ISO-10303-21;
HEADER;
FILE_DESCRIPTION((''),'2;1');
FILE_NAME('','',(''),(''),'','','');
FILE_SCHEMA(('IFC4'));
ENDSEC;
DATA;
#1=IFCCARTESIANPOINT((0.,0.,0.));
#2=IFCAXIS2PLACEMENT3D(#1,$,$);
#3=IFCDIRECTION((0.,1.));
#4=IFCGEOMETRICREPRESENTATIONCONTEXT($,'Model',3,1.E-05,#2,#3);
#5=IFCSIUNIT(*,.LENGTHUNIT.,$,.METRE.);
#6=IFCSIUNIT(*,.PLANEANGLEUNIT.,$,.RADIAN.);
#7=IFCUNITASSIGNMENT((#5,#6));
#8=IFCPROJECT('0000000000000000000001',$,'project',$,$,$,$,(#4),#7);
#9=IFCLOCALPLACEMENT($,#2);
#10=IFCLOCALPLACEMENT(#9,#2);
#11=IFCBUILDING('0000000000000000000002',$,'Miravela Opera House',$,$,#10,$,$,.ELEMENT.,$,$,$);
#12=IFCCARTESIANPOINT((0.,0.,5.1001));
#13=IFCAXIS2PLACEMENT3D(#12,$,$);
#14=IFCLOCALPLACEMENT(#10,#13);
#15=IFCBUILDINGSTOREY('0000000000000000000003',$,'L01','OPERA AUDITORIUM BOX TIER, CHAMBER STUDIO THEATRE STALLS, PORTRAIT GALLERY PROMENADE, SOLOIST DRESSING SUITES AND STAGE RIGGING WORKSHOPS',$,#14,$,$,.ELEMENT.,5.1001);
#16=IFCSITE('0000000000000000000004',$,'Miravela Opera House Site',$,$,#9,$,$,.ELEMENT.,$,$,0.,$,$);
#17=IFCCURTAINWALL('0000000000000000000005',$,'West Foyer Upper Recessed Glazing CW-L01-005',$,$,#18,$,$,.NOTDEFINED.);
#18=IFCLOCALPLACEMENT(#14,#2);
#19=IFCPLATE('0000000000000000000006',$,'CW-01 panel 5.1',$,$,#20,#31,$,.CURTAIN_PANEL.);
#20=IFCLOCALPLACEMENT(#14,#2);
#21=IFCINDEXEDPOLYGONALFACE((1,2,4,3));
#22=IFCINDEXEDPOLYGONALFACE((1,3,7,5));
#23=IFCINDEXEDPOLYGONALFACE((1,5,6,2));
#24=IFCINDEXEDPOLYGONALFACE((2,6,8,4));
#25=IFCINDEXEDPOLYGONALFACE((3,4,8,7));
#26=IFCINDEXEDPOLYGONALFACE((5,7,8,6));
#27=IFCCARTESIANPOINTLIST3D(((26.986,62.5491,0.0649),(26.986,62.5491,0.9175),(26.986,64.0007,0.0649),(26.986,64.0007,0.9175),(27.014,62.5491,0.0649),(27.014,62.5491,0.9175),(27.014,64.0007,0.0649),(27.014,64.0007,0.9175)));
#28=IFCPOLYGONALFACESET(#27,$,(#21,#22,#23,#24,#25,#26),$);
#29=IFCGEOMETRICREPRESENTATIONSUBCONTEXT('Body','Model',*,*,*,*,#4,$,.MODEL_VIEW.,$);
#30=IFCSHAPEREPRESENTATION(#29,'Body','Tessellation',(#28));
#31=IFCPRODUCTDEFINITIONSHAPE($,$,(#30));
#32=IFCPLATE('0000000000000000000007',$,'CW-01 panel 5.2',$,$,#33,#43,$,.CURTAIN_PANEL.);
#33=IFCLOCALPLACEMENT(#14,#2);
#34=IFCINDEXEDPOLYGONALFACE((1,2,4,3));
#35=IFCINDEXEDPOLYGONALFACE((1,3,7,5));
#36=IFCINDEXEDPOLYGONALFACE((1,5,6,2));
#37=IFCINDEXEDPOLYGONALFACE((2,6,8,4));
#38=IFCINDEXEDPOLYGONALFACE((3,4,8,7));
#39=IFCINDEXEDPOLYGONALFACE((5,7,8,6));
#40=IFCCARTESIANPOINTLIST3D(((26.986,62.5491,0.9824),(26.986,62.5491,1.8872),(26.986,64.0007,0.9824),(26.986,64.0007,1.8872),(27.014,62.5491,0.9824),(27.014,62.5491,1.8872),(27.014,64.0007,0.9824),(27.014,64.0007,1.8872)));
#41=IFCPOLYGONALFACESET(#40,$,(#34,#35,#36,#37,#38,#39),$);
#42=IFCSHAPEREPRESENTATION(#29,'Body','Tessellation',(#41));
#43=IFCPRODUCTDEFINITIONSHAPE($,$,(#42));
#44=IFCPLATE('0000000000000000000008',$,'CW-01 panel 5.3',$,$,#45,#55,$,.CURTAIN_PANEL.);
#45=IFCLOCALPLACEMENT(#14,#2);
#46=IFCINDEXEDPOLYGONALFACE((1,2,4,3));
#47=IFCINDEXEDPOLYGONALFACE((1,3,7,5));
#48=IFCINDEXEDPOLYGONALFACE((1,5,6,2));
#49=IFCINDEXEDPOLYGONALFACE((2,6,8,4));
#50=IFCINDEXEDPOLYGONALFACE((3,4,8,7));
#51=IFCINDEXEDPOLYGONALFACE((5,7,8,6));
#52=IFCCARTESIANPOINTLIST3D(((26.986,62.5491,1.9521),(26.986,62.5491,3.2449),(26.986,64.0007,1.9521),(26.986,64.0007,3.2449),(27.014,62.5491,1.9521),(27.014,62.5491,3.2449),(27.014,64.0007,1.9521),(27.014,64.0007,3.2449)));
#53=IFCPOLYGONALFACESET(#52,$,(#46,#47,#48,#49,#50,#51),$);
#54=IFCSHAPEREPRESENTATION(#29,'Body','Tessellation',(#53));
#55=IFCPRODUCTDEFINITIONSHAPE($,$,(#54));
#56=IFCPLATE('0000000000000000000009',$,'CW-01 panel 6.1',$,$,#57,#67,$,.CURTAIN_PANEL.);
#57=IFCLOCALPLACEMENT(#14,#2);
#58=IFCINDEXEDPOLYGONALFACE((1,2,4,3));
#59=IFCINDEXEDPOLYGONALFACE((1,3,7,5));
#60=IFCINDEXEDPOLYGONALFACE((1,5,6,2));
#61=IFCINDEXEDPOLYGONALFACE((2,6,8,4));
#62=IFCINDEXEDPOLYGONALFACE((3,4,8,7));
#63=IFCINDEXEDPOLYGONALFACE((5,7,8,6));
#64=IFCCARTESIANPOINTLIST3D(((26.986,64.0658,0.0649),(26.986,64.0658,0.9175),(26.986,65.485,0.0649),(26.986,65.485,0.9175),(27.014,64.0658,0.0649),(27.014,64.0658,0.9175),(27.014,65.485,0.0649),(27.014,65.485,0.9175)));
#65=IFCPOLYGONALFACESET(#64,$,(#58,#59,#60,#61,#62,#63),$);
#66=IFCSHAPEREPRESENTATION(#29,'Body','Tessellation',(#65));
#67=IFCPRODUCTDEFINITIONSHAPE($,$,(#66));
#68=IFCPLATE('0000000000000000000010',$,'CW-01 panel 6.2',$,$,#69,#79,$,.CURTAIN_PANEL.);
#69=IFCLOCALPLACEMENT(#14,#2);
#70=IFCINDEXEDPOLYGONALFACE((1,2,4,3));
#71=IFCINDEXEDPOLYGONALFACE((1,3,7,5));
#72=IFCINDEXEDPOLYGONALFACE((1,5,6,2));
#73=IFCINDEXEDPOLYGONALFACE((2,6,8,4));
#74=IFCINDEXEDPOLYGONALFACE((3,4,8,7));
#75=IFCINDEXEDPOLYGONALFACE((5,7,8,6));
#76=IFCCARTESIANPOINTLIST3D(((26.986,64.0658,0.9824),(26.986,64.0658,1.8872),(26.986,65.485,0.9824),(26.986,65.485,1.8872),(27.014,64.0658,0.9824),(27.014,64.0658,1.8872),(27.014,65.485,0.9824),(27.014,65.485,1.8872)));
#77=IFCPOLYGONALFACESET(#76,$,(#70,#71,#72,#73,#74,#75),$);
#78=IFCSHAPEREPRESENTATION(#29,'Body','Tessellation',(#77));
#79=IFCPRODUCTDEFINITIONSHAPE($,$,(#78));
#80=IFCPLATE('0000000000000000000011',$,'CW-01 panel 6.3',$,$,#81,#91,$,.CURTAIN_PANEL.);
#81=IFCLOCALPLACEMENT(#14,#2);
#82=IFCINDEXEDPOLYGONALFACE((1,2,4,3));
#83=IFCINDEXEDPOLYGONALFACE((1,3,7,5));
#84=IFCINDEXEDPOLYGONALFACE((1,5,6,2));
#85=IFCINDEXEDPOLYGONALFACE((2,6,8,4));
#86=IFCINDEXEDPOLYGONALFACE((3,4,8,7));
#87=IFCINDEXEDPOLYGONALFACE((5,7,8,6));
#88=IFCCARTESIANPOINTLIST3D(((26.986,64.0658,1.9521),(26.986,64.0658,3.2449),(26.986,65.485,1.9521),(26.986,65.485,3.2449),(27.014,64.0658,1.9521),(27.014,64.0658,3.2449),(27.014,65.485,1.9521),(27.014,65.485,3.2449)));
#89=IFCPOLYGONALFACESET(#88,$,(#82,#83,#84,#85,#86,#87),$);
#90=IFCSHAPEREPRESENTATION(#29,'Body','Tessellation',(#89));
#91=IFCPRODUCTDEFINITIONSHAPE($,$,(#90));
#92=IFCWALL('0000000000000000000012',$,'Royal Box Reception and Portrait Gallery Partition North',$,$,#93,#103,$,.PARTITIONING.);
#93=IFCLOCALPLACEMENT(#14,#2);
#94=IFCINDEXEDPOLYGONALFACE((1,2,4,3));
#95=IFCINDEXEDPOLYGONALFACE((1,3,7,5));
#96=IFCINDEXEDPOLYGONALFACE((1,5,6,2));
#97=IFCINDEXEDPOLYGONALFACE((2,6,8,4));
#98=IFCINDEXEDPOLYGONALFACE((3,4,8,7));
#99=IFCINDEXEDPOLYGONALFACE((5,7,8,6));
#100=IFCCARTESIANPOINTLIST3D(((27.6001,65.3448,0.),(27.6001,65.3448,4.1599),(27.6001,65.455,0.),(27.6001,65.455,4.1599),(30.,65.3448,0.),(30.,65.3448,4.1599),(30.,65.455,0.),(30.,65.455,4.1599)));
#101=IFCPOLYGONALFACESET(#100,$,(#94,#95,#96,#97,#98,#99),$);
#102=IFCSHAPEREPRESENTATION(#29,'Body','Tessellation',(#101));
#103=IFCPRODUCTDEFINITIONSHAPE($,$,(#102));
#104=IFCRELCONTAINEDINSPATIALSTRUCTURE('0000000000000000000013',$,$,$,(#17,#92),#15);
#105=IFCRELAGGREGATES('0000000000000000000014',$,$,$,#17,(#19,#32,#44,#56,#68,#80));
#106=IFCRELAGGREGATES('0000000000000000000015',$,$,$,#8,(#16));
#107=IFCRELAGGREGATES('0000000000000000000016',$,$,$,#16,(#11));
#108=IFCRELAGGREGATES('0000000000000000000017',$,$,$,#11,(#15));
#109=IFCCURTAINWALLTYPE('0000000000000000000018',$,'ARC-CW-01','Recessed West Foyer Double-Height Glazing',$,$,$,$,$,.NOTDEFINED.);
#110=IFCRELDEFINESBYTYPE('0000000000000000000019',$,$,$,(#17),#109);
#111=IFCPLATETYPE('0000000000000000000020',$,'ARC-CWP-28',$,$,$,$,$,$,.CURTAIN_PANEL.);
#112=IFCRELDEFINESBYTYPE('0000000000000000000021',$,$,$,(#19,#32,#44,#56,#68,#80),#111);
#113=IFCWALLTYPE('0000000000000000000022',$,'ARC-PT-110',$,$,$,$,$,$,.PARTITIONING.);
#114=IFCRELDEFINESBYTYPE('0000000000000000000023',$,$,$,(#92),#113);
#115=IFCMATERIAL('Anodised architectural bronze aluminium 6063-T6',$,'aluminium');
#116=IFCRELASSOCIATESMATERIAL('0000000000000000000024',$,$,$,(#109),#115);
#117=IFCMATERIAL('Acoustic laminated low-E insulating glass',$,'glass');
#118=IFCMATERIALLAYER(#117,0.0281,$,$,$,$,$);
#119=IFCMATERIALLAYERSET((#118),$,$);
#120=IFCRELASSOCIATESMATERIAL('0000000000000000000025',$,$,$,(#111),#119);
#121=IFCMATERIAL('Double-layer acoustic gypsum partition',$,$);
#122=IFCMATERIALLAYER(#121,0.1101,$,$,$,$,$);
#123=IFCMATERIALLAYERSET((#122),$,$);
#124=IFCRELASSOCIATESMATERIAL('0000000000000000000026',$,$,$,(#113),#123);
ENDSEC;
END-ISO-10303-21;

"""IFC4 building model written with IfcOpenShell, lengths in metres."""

from ifc_helpers import new_model, si_unit, direction, frame, frame_2d, origin, origin_2d, place, context, subcontext, project, spatial, rectangle, extrude, material, layer, layer_set, type_object, element, aggregate, save


model = new_model("IFC4")

# Units and contexts
model_context = context("Model", 3, precision=1e-05, world=origin(), true_north=direction((0.0, 1.0)))
body_context = subcontext(model_context, "Body", "Model", "MODEL_VIEW")
ifc_project = project(units=[si_unit("LENGTHUNIT", "METRE"), si_unit("PLANEANGLEUNIT", "RADIAN")], contexts=[model_context])

# Site, building, storey
site_placement = place(None, origin())
site = spatial("IfcSite", under=ifc_project, at=site_placement, Name="Miravela Opera House Site", CompositionType="ELEMENT", RefElevation=0.0)
building_placement = place(site_placement, origin())
building = spatial("IfcBuilding", under=site, at=building_placement, Name="Miravela Opera House", CompositionType="ELEMENT")
storey_placement = place(building_placement, frame((0.0, 0.0, 5.1001)))
storey = spatial("IfcBuildingStorey", under=building, at=storey_placement, Name="L01", Description="OPERA AUDITORIUM BOX TIER, CHAMBER STUDIO THEATRE STALLS, PORTRAIT GALLERY PROMENADE, SOLOIST DRESSING SUITES AND STAGE RIGGING WORKSHOPS", CompositionType="ELEMENT", Elevation=5.1001)

# Curtain wall
ifc_material_1 = material(Name="Anodised architectural bronze aluminium 6063-T6", Category="aluminium")
curtain_wall_type = type_object("IfcCurtainWallType", Name="ARC-CW-01", Description="Recessed West Foyer Double-Height Glazing", PredefinedType="NOTDEFINED", material=ifc_material_1)
curtain_wall_1_placement = place(storey_placement, origin())
curtain_wall_1 = element("IfcCurtainWall", 1, at=curtain_wall_1_placement, inside=storey, type_object=curtain_wall_type, Name="West Foyer Upper Recessed Glazing CW-L01-005", PredefinedType="NOTDEFINED")

# Plates
ifc_material_2 = material(Name="Acoustic laminated low-E insulating glass", Category="glass")
ifc_layer_1 = layer(ifc_material_2, 0.0281)
ifc_layer_set_1 = layer_set([ifc_layer_1])
plate_type = type_object("IfcPlateType", Name="ARC-CWP-28", PredefinedType="CURTAIN_PANEL", material=ifc_layer_set_1)
plate_1_placement = place(storey_placement, frame((27.0, 63.2749, 0.0649), z_axis=(0.0, 0.0, 1.0), x_axis=(0.0, 1.0, 0.0)))
plate_1 = element("IfcPlate", 2, at=plate_1_placement, type_object=plate_type, Name="CW-01 panel 5.1", PredefinedType="CURTAIN_PANEL", context=body_context, shape_type="SweptSolid", body=[
    extrude(rectangle(XDim=1.4517, YDim=0.0281, at=origin_2d()), origin(), (0.0, 0.0, 1.0), 0.8525),
])
plate_2_placement = place(storey_placement, frame((27.0, 63.2749, 0.9824), z_axis=(0.0, 0.0, 1.0), x_axis=(0.0, 1.0, 0.0)))
plate_2 = element("IfcPlate", 3, at=plate_2_placement, type_object=plate_type, Name="CW-01 panel 5.2", PredefinedType="CURTAIN_PANEL", context=body_context, shape_type="SweptSolid", body=[
    extrude(rectangle(XDim=1.4517, YDim=0.0281, at=origin_2d()), origin(), (0.0, 0.0, 1.0), 0.9048),
])
plate_3_placement = place(storey_placement, frame((27.0, 63.2749, 1.9521), z_axis=(0.0, 0.0, 1.0), x_axis=(0.0, 1.0, 0.0)))
plate_3 = element("IfcPlate", 4, at=plate_3_placement, type_object=plate_type, Name="CW-01 panel 5.3", PredefinedType="CURTAIN_PANEL", context=body_context, shape_type="SweptSolid", body=[
    extrude(rectangle(XDim=1.4517, YDim=0.0281, at=origin_2d()), origin(), (0.0, 0.0, 1.0), 1.2927),
])
plate_4_placement = place(storey_placement, frame((27.0, 64.7754, 0.0649), z_axis=(0.0, 0.0, 1.0), x_axis=(0.0, 1.0, 0.0)))
plate_4 = element("IfcPlate", 5, at=plate_4_placement, type_object=plate_type, Name="CW-01 panel 6.1", PredefinedType="CURTAIN_PANEL", context=body_context, shape_type="SweptSolid", body=[
    extrude(rectangle(XDim=1.4192, YDim=0.0281, at=origin_2d()), origin(), (0.0, 0.0, 1.0), 0.8525),
])
plate_5_placement = place(storey_placement, frame((27.0, 64.7754, 0.9824), z_axis=(0.0, 0.0, 1.0), x_axis=(0.0, 1.0, 0.0)))
plate_5 = element("IfcPlate", 6, at=plate_5_placement, type_object=plate_type, Name="CW-01 panel 6.2", PredefinedType="CURTAIN_PANEL", context=body_context, shape_type="SweptSolid", body=[
    extrude(rectangle(XDim=1.4192, YDim=0.0281, at=origin_2d()), origin(), (0.0, 0.0, 1.0), 0.9048),
])
plate_6_placement = place(storey_placement, frame((27.0, 64.7754, 1.9521), z_axis=(0.0, 0.0, 1.0), x_axis=(0.0, 1.0, 0.0)))
plate_6 = element("IfcPlate", 7, at=plate_6_placement, type_object=plate_type, Name="CW-01 panel 6.3", PredefinedType="CURTAIN_PANEL", context=body_context, shape_type="SweptSolid", body=[
    extrude(rectangle(XDim=1.4192, YDim=0.0281, at=origin_2d()), origin(), (0.0, 0.0, 1.0), 1.2927),
])
aggregate(curtain_wall_1, [plate_1, plate_2, plate_3, plate_4, plate_5, plate_6])

# Wall
ifc_material_3 = material(Name="Double-layer acoustic gypsum partition")
ifc_layer_2 = layer(ifc_material_3, 0.1101)
ifc_layer_set_2 = layer_set([ifc_layer_2])
wall_type = type_object("IfcWallType", Name="ARC-PT-110", PredefinedType="PARTITIONING", material=ifc_layer_set_2)
wall_placement = place(storey_placement, frame((27.6001, 65.3999, 0.0), z_axis=(0.0, 0.0, 1.0), x_axis=(1.0, 0.0, 0.0)))
element("IfcWall", 8, at=wall_placement, inside=storey, type_object=wall_type, Name="Royal Box Reception and Portrait Gallery Partition North", PredefinedType="PARTITIONING", context=body_context, shape_type="SweptSolid", body=[
    extrude(rectangle(XDim=2.3999, YDim=0.1101, at=frame_2d((1.2, 0.0))), origin(), (0.0, 0.0, 1.0), 4.1599),
])

save(model, "model.ifc")
